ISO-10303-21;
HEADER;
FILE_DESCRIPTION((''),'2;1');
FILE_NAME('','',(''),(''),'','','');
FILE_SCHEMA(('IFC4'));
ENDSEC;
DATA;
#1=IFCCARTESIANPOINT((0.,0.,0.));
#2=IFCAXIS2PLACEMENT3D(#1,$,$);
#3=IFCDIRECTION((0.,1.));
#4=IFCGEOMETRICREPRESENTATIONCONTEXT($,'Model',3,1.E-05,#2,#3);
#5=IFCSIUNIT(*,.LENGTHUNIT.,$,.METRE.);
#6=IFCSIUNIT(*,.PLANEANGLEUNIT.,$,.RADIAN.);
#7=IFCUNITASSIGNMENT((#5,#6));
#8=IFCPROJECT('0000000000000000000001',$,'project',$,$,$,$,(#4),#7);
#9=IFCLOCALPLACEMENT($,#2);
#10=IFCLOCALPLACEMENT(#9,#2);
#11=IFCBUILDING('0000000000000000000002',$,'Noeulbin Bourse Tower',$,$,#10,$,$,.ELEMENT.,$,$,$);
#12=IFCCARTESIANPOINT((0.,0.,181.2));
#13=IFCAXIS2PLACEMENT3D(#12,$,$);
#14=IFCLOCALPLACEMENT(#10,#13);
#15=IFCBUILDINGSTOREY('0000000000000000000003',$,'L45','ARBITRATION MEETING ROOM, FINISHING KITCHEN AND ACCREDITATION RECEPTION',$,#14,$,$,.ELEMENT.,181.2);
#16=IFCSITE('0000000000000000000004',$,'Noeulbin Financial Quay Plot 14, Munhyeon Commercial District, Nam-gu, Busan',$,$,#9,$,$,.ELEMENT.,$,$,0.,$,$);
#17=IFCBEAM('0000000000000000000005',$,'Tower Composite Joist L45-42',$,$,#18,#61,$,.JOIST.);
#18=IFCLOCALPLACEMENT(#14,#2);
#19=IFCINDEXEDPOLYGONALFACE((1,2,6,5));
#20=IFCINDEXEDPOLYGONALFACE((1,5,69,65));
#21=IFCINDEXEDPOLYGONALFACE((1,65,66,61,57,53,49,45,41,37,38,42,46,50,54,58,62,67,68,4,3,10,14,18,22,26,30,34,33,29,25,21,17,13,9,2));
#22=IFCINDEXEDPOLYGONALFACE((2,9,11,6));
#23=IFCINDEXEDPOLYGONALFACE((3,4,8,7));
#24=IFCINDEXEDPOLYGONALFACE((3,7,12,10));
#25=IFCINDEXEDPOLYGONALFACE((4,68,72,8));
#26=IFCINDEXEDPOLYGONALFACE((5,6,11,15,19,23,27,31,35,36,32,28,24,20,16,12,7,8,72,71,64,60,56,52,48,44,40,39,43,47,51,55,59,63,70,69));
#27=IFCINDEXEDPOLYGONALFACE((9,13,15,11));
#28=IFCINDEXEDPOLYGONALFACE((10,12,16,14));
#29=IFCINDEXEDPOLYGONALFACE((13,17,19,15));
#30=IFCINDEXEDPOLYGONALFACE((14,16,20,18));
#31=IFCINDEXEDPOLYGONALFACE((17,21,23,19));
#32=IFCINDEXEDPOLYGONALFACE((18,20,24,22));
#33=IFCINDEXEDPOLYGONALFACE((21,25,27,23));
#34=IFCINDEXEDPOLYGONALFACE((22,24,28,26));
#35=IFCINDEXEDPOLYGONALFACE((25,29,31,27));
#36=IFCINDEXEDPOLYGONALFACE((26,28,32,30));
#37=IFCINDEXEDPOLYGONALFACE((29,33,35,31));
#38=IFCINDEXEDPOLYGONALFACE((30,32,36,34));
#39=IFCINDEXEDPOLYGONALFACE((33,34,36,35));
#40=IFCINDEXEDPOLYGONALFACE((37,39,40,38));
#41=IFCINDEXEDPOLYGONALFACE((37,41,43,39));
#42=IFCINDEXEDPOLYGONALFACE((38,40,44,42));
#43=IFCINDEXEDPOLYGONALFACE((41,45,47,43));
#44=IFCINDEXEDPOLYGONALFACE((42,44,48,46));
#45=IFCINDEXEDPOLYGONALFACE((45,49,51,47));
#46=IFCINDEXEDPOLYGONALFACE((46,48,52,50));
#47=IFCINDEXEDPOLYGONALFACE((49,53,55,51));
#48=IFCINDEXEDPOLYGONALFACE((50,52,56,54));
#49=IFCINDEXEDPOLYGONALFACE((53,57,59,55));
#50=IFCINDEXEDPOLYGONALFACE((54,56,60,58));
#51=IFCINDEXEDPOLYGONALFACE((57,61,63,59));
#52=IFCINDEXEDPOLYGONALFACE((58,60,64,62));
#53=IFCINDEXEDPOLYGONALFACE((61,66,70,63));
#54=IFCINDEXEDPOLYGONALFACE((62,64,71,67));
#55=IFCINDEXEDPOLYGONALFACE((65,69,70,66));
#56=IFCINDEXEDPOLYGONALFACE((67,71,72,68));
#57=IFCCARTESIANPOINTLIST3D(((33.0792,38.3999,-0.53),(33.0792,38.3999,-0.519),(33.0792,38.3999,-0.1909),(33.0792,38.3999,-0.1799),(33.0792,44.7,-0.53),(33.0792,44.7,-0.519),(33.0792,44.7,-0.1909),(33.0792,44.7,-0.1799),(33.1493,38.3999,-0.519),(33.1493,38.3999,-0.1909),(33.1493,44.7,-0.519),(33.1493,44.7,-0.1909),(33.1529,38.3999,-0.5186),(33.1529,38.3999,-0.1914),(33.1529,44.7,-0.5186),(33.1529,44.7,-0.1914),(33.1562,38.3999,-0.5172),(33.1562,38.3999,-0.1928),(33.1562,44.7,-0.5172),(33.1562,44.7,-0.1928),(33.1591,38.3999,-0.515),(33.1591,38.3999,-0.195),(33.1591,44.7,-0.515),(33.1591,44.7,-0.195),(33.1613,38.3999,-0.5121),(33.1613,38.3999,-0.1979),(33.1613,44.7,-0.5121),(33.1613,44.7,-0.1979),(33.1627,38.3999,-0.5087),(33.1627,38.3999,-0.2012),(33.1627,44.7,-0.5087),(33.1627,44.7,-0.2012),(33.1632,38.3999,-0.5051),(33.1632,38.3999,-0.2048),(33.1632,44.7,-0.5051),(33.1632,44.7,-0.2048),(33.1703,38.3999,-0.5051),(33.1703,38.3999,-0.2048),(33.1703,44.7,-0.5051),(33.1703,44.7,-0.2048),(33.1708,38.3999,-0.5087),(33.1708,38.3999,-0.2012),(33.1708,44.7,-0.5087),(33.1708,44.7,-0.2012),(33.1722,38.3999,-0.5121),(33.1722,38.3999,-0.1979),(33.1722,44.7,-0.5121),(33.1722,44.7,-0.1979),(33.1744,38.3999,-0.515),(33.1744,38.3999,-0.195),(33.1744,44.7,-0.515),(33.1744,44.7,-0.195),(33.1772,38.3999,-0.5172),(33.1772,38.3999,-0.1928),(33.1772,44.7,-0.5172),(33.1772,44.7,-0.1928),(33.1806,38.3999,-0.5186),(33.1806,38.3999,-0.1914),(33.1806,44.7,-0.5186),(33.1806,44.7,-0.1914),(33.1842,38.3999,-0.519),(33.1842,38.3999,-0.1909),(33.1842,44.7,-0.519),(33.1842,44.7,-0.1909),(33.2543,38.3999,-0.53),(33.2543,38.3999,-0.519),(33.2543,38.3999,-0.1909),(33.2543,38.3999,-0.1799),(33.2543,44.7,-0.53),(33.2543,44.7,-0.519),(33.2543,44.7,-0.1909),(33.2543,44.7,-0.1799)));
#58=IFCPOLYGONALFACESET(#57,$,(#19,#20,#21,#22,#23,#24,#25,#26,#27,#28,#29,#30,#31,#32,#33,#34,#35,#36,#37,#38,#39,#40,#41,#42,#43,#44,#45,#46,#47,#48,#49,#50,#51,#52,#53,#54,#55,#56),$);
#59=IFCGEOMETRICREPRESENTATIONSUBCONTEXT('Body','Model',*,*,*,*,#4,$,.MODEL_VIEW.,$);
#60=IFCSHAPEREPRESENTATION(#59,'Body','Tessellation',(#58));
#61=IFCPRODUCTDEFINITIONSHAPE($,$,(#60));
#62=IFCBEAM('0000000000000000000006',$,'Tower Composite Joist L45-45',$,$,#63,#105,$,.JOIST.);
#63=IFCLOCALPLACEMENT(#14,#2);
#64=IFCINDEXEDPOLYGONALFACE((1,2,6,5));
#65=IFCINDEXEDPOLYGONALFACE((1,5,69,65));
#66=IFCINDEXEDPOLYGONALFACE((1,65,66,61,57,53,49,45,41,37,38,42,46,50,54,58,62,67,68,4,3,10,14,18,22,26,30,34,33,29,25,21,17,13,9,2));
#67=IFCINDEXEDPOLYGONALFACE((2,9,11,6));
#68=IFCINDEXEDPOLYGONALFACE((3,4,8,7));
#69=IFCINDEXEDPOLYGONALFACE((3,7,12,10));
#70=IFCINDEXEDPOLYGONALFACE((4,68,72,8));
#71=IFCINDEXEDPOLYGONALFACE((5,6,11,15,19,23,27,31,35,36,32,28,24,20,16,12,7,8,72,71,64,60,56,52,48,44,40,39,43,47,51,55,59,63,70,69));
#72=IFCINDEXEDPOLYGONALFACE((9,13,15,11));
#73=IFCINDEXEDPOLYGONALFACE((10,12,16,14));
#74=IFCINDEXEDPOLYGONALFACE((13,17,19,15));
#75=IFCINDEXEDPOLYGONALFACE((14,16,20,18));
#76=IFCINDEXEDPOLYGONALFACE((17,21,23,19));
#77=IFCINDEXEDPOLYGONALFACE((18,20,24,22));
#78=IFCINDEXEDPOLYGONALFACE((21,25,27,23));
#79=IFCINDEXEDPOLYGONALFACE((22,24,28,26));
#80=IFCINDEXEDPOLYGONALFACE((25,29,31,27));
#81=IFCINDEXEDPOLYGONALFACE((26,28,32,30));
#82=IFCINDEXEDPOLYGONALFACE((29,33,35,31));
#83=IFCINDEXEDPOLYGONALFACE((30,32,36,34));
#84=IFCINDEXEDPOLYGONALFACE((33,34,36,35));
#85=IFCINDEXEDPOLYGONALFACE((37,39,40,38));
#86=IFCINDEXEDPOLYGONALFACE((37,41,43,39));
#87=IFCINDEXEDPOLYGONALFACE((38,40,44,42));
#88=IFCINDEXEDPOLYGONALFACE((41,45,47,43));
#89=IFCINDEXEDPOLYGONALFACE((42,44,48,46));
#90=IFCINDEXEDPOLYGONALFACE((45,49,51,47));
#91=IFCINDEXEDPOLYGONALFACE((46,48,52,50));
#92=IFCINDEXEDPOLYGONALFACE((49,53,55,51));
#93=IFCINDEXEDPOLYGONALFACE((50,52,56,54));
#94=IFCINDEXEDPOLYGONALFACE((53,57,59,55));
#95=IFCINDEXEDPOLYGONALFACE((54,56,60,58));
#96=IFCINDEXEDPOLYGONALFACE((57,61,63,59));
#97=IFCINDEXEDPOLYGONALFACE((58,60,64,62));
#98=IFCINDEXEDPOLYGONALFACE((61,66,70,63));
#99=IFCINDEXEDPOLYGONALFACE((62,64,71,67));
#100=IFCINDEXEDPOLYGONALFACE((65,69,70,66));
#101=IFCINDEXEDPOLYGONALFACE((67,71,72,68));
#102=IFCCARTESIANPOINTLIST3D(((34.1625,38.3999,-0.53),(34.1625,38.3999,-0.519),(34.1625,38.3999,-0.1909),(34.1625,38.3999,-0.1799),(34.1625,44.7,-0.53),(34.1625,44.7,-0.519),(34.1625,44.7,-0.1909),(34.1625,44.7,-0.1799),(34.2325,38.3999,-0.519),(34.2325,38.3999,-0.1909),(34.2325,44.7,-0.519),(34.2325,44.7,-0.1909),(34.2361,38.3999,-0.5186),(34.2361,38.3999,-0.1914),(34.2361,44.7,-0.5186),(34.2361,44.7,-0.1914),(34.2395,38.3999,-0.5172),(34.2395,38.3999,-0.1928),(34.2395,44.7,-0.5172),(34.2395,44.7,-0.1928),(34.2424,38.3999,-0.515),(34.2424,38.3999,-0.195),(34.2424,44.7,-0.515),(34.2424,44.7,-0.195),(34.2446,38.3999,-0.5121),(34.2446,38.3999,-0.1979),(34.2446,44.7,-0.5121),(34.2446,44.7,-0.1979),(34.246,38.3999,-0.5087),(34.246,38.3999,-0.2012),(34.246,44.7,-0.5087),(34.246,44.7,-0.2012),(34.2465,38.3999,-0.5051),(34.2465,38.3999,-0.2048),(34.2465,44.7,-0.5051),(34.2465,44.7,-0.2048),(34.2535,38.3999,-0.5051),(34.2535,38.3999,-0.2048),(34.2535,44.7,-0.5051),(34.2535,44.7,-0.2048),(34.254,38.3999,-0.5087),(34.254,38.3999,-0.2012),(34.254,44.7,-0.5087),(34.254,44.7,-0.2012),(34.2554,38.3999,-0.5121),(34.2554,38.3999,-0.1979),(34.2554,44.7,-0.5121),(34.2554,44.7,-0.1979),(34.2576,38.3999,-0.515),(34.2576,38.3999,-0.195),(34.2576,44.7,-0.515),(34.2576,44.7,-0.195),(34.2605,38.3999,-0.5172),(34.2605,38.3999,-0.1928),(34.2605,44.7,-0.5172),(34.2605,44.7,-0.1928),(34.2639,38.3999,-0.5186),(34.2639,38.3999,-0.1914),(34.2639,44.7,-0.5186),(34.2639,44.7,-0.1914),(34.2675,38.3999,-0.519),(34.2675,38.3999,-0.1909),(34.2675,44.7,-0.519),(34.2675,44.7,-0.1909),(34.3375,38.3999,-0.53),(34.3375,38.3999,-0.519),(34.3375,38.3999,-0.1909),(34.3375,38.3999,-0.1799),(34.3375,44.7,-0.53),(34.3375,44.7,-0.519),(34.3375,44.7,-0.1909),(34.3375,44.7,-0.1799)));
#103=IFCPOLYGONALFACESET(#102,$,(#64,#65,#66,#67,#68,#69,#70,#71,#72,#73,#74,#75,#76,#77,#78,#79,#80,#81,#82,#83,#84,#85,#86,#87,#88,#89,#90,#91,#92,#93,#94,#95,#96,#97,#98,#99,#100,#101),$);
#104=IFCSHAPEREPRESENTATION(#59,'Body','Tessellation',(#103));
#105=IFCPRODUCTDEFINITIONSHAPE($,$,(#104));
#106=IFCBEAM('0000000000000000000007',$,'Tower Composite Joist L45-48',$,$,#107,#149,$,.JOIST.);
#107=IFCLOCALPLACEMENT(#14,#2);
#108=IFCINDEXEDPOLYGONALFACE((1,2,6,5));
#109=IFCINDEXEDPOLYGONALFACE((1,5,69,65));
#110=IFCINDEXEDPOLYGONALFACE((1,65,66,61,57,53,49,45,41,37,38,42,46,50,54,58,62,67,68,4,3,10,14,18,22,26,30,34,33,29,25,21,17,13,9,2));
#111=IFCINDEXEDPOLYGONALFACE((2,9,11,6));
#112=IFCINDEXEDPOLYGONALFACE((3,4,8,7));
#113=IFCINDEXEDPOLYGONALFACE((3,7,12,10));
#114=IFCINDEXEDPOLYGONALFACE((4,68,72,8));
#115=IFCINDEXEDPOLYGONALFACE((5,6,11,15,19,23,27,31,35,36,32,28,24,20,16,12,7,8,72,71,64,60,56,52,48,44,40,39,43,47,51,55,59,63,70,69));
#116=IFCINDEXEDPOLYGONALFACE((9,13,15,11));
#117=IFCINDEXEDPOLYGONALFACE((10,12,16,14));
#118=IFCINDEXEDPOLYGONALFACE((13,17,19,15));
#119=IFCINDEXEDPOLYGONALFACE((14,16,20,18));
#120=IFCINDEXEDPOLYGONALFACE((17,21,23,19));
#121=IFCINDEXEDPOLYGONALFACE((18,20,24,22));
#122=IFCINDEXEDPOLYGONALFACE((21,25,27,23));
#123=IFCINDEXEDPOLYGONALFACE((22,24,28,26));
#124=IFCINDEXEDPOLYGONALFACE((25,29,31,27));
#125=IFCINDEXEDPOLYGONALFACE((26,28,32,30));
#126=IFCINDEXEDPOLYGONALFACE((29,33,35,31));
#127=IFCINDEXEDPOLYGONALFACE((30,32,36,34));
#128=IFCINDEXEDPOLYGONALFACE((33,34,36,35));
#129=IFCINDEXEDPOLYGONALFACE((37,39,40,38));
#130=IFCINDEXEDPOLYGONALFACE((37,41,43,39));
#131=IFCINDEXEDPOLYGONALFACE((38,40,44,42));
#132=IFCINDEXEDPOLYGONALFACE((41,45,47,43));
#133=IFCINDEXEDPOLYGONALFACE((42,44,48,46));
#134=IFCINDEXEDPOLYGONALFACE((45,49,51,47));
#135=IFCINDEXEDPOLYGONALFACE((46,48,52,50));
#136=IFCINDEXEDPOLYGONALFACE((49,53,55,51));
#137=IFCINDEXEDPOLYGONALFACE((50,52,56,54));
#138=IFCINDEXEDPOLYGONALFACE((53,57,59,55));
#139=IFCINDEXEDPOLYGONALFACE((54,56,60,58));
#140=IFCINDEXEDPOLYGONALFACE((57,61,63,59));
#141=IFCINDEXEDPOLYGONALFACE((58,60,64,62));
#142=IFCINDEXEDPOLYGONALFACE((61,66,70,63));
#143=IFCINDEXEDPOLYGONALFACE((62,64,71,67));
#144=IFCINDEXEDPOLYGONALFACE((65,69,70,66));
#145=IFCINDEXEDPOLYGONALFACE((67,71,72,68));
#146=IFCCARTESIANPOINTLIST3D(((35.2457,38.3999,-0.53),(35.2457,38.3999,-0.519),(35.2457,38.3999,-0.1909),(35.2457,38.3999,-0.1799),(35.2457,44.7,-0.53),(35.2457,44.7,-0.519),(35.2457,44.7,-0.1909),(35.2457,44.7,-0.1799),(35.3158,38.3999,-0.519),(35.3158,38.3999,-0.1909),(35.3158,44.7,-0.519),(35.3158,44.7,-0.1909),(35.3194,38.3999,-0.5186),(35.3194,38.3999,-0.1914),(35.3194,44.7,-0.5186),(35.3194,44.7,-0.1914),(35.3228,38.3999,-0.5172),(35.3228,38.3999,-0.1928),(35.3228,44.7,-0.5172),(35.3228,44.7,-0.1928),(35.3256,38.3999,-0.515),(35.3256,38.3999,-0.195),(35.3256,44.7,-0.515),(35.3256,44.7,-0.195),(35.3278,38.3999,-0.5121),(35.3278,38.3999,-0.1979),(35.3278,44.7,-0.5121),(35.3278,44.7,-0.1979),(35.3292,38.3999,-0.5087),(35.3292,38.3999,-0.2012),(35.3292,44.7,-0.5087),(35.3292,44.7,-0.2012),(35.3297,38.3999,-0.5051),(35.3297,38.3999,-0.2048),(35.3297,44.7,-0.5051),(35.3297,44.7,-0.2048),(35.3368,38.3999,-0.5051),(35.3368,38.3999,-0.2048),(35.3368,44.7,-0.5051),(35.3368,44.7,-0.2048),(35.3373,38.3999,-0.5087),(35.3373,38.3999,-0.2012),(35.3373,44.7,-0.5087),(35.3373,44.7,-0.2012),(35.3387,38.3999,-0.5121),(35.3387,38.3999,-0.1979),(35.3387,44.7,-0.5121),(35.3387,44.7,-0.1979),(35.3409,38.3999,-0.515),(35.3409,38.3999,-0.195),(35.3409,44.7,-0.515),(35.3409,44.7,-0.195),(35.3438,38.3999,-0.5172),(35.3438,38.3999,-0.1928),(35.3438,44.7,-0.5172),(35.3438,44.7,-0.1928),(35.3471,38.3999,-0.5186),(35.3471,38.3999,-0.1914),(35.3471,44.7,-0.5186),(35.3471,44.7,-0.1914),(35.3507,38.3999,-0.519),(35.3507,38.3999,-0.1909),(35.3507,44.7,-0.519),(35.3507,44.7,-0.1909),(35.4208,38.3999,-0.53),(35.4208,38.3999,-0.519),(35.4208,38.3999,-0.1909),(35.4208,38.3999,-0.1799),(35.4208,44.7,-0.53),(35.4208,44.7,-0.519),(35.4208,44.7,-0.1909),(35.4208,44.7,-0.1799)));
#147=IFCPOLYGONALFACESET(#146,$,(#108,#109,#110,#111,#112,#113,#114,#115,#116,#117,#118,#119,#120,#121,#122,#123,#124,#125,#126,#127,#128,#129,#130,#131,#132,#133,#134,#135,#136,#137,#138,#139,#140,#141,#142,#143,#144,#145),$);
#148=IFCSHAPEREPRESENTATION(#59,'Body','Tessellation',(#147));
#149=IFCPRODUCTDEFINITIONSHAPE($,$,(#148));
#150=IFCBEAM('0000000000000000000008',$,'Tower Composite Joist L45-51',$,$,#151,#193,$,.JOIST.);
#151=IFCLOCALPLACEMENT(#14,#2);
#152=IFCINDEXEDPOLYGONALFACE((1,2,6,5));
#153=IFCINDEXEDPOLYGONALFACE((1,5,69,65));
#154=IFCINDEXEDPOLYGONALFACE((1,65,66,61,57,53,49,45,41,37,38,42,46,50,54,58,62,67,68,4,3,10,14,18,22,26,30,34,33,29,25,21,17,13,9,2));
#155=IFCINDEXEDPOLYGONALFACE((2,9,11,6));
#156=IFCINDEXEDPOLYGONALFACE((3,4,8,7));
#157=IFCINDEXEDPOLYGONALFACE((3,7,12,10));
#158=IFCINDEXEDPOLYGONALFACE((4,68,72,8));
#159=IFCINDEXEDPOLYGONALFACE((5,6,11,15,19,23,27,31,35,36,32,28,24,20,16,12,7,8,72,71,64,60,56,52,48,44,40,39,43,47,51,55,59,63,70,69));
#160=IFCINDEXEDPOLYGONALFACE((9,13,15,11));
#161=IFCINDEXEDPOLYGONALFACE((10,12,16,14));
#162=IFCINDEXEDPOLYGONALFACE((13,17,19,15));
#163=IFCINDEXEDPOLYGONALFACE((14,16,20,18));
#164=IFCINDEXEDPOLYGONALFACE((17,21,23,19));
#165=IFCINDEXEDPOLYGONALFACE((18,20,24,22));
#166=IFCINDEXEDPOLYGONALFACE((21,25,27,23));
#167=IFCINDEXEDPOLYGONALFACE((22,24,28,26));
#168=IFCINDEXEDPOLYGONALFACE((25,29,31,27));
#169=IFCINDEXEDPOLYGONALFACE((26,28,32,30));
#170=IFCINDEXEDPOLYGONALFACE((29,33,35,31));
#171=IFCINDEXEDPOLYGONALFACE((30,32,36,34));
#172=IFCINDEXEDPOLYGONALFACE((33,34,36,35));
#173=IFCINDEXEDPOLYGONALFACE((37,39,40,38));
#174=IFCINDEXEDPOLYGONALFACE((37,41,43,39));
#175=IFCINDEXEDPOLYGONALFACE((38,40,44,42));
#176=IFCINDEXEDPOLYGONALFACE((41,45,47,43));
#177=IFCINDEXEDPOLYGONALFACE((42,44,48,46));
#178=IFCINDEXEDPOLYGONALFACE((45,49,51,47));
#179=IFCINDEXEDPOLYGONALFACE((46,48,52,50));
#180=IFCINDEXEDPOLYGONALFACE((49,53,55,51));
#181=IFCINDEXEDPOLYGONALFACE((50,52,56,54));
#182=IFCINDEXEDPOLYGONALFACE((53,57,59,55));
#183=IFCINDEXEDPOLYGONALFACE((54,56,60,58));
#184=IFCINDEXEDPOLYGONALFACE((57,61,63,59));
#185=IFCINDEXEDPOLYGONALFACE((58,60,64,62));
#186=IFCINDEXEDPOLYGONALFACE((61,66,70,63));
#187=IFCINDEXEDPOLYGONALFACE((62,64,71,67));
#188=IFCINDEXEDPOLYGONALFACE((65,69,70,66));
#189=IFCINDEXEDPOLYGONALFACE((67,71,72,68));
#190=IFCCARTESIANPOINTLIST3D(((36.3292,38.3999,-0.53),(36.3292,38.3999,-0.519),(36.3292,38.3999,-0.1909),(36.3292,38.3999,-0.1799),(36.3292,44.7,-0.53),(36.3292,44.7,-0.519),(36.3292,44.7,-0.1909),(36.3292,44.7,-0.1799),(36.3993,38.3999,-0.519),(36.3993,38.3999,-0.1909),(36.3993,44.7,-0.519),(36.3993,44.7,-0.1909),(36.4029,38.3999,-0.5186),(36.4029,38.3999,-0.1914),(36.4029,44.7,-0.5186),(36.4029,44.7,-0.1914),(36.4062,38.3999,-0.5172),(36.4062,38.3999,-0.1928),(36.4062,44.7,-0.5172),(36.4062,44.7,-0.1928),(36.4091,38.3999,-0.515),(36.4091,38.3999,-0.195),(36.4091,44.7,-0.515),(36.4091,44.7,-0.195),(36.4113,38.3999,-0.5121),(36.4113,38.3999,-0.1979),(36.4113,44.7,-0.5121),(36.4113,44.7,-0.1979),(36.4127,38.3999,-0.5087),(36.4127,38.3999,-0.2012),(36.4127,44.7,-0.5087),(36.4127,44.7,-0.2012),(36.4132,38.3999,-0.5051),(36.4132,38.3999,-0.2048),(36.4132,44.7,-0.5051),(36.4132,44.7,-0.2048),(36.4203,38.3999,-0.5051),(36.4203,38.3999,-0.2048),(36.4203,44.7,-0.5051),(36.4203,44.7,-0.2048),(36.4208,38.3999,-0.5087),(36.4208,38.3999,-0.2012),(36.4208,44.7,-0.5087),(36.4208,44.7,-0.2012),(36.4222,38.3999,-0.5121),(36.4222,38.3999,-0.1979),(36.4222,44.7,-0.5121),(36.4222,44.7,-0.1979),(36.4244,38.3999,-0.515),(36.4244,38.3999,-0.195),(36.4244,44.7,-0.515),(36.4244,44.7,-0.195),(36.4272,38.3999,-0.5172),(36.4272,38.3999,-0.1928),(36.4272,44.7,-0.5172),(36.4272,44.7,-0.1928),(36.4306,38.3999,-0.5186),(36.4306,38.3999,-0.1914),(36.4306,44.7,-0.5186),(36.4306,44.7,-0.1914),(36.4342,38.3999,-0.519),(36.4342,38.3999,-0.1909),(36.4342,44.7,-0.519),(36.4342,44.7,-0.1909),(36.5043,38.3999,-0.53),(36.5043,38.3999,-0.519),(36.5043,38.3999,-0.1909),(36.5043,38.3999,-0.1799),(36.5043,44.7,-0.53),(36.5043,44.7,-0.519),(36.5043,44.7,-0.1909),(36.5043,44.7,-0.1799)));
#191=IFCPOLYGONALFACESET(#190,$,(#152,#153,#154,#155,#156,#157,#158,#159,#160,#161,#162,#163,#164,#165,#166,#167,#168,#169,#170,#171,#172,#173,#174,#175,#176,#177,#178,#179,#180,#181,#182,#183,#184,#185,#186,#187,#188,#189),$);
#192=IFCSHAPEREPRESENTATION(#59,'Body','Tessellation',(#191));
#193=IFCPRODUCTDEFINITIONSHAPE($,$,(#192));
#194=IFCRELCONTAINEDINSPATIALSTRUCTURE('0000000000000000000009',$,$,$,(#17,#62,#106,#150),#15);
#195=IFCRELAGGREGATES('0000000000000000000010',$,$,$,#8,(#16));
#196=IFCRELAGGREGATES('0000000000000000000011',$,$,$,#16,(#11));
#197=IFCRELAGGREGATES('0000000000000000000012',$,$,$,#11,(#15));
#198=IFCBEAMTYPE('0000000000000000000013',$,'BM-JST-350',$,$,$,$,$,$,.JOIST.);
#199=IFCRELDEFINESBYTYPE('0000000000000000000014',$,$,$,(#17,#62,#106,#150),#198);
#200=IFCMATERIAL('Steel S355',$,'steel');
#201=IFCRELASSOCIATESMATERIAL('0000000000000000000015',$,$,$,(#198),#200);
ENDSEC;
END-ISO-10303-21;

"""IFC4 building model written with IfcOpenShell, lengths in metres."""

from ifc_helpers import new_model, si_unit, direction, frame, origin, origin_2d, place, context, subcontext, project, spatial, i_section, extrude, material, material_profile, profile_set, type_object, element, save


model = new_model("IFC4")

# Units and contexts
model_context = context("Model", 3, precision=1e-05, world=origin(), true_north=direction((0.0, 1.0)))
body_context = subcontext(model_context, "Body", "Model", "MODEL_VIEW")
ifc_project = project(units=[si_unit("LENGTHUNIT", "METRE"), si_unit("PLANEANGLEUNIT", "RADIAN")], contexts=[model_context])

# Site, building, storey
site_placement = place(None, origin())
site = spatial("IfcSite", under=ifc_project, at=site_placement, Name="Noeulbin Financial Quay Plot 14, Munhyeon Commercial District, Nam-gu, Busan", CompositionType="ELEMENT", RefElevation=0.0)
building_placement = place(site_placement, origin())
building = spatial("IfcBuilding", under=site, at=building_placement, Name="Noeulbin Bourse Tower", CompositionType="ELEMENT")
storey_placement = place(building_placement, frame((0.0, 0.0, 181.2)))
storey = spatial("IfcBuildingStorey", under=building, at=storey_placement, Name="L45", Description="ARBITRATION MEETING ROOM, FINISHING KITCHEN AND ACCREDITATION RECEPTION", CompositionType="ELEMENT", Elevation=181.2)

# Shared definitions
ifc_material_1 = material(Name="Steel S355", Category="steel")

# Beams
ifc_material_profile_1 = material_profile(ifc_material_1, i_section(OverallWidth=0.175, OverallDepth=0.3501, WebThickness=0.0071, FlangeThickness=0.011, FilletRadius=0.0139, at=origin_2d()), Name="H-350x175x7x11", Category="LoadBearing")
ifc_profile_set_1 = profile_set([ifc_material_profile_1], Name="Steel S355")
beam_type_1 = type_object("IfcBeamType", Name="BM-JST-350", PredefinedType="JOIST", material=ifc_profile_set_1)
for number, where, z_axis, x_axis, name in (
    (1, (33.1667, 38.3999, -0.355), (0.0, 1.0, 0.0), (-1.0, 0.0, 0.0), "Tower Composite Joist L45-42"),
    (2, (34.25, 38.3999, -0.355), (0.0, 1.0, 0.0), (-1.0, 0.0, 0.0), "Tower Composite Joist L45-45"),
    (3, (35.3333, 38.3999, -0.355), (0.0, 1.0, 0.0), (-1.0, 0.0, 0.0), "Tower Composite Joist L45-48"),
    (4, (36.4167, 38.3999, -0.355), (0.0, 1.0, 0.0), (-1.0, 0.0, 0.0), "Tower Composite Joist L45-51"),
):
    element("IfcBeam", number, at=place(storey_placement, frame(where, z_axis=z_axis, x_axis=x_axis)), inside=storey, type_object=beam_type_1, Name=name, PredefinedType="JOIST", context=body_context, shape_type="SweptSolid", body=[
        extrude(i_section(OverallWidth=0.175, OverallDepth=0.3501, WebThickness=0.0071, FlangeThickness=0.011, FilletRadius=0.0139, at=origin_2d()), origin(), (0.0, 0.0, 1.0), 6.3),
    ])

save(model, "model.ifc")
